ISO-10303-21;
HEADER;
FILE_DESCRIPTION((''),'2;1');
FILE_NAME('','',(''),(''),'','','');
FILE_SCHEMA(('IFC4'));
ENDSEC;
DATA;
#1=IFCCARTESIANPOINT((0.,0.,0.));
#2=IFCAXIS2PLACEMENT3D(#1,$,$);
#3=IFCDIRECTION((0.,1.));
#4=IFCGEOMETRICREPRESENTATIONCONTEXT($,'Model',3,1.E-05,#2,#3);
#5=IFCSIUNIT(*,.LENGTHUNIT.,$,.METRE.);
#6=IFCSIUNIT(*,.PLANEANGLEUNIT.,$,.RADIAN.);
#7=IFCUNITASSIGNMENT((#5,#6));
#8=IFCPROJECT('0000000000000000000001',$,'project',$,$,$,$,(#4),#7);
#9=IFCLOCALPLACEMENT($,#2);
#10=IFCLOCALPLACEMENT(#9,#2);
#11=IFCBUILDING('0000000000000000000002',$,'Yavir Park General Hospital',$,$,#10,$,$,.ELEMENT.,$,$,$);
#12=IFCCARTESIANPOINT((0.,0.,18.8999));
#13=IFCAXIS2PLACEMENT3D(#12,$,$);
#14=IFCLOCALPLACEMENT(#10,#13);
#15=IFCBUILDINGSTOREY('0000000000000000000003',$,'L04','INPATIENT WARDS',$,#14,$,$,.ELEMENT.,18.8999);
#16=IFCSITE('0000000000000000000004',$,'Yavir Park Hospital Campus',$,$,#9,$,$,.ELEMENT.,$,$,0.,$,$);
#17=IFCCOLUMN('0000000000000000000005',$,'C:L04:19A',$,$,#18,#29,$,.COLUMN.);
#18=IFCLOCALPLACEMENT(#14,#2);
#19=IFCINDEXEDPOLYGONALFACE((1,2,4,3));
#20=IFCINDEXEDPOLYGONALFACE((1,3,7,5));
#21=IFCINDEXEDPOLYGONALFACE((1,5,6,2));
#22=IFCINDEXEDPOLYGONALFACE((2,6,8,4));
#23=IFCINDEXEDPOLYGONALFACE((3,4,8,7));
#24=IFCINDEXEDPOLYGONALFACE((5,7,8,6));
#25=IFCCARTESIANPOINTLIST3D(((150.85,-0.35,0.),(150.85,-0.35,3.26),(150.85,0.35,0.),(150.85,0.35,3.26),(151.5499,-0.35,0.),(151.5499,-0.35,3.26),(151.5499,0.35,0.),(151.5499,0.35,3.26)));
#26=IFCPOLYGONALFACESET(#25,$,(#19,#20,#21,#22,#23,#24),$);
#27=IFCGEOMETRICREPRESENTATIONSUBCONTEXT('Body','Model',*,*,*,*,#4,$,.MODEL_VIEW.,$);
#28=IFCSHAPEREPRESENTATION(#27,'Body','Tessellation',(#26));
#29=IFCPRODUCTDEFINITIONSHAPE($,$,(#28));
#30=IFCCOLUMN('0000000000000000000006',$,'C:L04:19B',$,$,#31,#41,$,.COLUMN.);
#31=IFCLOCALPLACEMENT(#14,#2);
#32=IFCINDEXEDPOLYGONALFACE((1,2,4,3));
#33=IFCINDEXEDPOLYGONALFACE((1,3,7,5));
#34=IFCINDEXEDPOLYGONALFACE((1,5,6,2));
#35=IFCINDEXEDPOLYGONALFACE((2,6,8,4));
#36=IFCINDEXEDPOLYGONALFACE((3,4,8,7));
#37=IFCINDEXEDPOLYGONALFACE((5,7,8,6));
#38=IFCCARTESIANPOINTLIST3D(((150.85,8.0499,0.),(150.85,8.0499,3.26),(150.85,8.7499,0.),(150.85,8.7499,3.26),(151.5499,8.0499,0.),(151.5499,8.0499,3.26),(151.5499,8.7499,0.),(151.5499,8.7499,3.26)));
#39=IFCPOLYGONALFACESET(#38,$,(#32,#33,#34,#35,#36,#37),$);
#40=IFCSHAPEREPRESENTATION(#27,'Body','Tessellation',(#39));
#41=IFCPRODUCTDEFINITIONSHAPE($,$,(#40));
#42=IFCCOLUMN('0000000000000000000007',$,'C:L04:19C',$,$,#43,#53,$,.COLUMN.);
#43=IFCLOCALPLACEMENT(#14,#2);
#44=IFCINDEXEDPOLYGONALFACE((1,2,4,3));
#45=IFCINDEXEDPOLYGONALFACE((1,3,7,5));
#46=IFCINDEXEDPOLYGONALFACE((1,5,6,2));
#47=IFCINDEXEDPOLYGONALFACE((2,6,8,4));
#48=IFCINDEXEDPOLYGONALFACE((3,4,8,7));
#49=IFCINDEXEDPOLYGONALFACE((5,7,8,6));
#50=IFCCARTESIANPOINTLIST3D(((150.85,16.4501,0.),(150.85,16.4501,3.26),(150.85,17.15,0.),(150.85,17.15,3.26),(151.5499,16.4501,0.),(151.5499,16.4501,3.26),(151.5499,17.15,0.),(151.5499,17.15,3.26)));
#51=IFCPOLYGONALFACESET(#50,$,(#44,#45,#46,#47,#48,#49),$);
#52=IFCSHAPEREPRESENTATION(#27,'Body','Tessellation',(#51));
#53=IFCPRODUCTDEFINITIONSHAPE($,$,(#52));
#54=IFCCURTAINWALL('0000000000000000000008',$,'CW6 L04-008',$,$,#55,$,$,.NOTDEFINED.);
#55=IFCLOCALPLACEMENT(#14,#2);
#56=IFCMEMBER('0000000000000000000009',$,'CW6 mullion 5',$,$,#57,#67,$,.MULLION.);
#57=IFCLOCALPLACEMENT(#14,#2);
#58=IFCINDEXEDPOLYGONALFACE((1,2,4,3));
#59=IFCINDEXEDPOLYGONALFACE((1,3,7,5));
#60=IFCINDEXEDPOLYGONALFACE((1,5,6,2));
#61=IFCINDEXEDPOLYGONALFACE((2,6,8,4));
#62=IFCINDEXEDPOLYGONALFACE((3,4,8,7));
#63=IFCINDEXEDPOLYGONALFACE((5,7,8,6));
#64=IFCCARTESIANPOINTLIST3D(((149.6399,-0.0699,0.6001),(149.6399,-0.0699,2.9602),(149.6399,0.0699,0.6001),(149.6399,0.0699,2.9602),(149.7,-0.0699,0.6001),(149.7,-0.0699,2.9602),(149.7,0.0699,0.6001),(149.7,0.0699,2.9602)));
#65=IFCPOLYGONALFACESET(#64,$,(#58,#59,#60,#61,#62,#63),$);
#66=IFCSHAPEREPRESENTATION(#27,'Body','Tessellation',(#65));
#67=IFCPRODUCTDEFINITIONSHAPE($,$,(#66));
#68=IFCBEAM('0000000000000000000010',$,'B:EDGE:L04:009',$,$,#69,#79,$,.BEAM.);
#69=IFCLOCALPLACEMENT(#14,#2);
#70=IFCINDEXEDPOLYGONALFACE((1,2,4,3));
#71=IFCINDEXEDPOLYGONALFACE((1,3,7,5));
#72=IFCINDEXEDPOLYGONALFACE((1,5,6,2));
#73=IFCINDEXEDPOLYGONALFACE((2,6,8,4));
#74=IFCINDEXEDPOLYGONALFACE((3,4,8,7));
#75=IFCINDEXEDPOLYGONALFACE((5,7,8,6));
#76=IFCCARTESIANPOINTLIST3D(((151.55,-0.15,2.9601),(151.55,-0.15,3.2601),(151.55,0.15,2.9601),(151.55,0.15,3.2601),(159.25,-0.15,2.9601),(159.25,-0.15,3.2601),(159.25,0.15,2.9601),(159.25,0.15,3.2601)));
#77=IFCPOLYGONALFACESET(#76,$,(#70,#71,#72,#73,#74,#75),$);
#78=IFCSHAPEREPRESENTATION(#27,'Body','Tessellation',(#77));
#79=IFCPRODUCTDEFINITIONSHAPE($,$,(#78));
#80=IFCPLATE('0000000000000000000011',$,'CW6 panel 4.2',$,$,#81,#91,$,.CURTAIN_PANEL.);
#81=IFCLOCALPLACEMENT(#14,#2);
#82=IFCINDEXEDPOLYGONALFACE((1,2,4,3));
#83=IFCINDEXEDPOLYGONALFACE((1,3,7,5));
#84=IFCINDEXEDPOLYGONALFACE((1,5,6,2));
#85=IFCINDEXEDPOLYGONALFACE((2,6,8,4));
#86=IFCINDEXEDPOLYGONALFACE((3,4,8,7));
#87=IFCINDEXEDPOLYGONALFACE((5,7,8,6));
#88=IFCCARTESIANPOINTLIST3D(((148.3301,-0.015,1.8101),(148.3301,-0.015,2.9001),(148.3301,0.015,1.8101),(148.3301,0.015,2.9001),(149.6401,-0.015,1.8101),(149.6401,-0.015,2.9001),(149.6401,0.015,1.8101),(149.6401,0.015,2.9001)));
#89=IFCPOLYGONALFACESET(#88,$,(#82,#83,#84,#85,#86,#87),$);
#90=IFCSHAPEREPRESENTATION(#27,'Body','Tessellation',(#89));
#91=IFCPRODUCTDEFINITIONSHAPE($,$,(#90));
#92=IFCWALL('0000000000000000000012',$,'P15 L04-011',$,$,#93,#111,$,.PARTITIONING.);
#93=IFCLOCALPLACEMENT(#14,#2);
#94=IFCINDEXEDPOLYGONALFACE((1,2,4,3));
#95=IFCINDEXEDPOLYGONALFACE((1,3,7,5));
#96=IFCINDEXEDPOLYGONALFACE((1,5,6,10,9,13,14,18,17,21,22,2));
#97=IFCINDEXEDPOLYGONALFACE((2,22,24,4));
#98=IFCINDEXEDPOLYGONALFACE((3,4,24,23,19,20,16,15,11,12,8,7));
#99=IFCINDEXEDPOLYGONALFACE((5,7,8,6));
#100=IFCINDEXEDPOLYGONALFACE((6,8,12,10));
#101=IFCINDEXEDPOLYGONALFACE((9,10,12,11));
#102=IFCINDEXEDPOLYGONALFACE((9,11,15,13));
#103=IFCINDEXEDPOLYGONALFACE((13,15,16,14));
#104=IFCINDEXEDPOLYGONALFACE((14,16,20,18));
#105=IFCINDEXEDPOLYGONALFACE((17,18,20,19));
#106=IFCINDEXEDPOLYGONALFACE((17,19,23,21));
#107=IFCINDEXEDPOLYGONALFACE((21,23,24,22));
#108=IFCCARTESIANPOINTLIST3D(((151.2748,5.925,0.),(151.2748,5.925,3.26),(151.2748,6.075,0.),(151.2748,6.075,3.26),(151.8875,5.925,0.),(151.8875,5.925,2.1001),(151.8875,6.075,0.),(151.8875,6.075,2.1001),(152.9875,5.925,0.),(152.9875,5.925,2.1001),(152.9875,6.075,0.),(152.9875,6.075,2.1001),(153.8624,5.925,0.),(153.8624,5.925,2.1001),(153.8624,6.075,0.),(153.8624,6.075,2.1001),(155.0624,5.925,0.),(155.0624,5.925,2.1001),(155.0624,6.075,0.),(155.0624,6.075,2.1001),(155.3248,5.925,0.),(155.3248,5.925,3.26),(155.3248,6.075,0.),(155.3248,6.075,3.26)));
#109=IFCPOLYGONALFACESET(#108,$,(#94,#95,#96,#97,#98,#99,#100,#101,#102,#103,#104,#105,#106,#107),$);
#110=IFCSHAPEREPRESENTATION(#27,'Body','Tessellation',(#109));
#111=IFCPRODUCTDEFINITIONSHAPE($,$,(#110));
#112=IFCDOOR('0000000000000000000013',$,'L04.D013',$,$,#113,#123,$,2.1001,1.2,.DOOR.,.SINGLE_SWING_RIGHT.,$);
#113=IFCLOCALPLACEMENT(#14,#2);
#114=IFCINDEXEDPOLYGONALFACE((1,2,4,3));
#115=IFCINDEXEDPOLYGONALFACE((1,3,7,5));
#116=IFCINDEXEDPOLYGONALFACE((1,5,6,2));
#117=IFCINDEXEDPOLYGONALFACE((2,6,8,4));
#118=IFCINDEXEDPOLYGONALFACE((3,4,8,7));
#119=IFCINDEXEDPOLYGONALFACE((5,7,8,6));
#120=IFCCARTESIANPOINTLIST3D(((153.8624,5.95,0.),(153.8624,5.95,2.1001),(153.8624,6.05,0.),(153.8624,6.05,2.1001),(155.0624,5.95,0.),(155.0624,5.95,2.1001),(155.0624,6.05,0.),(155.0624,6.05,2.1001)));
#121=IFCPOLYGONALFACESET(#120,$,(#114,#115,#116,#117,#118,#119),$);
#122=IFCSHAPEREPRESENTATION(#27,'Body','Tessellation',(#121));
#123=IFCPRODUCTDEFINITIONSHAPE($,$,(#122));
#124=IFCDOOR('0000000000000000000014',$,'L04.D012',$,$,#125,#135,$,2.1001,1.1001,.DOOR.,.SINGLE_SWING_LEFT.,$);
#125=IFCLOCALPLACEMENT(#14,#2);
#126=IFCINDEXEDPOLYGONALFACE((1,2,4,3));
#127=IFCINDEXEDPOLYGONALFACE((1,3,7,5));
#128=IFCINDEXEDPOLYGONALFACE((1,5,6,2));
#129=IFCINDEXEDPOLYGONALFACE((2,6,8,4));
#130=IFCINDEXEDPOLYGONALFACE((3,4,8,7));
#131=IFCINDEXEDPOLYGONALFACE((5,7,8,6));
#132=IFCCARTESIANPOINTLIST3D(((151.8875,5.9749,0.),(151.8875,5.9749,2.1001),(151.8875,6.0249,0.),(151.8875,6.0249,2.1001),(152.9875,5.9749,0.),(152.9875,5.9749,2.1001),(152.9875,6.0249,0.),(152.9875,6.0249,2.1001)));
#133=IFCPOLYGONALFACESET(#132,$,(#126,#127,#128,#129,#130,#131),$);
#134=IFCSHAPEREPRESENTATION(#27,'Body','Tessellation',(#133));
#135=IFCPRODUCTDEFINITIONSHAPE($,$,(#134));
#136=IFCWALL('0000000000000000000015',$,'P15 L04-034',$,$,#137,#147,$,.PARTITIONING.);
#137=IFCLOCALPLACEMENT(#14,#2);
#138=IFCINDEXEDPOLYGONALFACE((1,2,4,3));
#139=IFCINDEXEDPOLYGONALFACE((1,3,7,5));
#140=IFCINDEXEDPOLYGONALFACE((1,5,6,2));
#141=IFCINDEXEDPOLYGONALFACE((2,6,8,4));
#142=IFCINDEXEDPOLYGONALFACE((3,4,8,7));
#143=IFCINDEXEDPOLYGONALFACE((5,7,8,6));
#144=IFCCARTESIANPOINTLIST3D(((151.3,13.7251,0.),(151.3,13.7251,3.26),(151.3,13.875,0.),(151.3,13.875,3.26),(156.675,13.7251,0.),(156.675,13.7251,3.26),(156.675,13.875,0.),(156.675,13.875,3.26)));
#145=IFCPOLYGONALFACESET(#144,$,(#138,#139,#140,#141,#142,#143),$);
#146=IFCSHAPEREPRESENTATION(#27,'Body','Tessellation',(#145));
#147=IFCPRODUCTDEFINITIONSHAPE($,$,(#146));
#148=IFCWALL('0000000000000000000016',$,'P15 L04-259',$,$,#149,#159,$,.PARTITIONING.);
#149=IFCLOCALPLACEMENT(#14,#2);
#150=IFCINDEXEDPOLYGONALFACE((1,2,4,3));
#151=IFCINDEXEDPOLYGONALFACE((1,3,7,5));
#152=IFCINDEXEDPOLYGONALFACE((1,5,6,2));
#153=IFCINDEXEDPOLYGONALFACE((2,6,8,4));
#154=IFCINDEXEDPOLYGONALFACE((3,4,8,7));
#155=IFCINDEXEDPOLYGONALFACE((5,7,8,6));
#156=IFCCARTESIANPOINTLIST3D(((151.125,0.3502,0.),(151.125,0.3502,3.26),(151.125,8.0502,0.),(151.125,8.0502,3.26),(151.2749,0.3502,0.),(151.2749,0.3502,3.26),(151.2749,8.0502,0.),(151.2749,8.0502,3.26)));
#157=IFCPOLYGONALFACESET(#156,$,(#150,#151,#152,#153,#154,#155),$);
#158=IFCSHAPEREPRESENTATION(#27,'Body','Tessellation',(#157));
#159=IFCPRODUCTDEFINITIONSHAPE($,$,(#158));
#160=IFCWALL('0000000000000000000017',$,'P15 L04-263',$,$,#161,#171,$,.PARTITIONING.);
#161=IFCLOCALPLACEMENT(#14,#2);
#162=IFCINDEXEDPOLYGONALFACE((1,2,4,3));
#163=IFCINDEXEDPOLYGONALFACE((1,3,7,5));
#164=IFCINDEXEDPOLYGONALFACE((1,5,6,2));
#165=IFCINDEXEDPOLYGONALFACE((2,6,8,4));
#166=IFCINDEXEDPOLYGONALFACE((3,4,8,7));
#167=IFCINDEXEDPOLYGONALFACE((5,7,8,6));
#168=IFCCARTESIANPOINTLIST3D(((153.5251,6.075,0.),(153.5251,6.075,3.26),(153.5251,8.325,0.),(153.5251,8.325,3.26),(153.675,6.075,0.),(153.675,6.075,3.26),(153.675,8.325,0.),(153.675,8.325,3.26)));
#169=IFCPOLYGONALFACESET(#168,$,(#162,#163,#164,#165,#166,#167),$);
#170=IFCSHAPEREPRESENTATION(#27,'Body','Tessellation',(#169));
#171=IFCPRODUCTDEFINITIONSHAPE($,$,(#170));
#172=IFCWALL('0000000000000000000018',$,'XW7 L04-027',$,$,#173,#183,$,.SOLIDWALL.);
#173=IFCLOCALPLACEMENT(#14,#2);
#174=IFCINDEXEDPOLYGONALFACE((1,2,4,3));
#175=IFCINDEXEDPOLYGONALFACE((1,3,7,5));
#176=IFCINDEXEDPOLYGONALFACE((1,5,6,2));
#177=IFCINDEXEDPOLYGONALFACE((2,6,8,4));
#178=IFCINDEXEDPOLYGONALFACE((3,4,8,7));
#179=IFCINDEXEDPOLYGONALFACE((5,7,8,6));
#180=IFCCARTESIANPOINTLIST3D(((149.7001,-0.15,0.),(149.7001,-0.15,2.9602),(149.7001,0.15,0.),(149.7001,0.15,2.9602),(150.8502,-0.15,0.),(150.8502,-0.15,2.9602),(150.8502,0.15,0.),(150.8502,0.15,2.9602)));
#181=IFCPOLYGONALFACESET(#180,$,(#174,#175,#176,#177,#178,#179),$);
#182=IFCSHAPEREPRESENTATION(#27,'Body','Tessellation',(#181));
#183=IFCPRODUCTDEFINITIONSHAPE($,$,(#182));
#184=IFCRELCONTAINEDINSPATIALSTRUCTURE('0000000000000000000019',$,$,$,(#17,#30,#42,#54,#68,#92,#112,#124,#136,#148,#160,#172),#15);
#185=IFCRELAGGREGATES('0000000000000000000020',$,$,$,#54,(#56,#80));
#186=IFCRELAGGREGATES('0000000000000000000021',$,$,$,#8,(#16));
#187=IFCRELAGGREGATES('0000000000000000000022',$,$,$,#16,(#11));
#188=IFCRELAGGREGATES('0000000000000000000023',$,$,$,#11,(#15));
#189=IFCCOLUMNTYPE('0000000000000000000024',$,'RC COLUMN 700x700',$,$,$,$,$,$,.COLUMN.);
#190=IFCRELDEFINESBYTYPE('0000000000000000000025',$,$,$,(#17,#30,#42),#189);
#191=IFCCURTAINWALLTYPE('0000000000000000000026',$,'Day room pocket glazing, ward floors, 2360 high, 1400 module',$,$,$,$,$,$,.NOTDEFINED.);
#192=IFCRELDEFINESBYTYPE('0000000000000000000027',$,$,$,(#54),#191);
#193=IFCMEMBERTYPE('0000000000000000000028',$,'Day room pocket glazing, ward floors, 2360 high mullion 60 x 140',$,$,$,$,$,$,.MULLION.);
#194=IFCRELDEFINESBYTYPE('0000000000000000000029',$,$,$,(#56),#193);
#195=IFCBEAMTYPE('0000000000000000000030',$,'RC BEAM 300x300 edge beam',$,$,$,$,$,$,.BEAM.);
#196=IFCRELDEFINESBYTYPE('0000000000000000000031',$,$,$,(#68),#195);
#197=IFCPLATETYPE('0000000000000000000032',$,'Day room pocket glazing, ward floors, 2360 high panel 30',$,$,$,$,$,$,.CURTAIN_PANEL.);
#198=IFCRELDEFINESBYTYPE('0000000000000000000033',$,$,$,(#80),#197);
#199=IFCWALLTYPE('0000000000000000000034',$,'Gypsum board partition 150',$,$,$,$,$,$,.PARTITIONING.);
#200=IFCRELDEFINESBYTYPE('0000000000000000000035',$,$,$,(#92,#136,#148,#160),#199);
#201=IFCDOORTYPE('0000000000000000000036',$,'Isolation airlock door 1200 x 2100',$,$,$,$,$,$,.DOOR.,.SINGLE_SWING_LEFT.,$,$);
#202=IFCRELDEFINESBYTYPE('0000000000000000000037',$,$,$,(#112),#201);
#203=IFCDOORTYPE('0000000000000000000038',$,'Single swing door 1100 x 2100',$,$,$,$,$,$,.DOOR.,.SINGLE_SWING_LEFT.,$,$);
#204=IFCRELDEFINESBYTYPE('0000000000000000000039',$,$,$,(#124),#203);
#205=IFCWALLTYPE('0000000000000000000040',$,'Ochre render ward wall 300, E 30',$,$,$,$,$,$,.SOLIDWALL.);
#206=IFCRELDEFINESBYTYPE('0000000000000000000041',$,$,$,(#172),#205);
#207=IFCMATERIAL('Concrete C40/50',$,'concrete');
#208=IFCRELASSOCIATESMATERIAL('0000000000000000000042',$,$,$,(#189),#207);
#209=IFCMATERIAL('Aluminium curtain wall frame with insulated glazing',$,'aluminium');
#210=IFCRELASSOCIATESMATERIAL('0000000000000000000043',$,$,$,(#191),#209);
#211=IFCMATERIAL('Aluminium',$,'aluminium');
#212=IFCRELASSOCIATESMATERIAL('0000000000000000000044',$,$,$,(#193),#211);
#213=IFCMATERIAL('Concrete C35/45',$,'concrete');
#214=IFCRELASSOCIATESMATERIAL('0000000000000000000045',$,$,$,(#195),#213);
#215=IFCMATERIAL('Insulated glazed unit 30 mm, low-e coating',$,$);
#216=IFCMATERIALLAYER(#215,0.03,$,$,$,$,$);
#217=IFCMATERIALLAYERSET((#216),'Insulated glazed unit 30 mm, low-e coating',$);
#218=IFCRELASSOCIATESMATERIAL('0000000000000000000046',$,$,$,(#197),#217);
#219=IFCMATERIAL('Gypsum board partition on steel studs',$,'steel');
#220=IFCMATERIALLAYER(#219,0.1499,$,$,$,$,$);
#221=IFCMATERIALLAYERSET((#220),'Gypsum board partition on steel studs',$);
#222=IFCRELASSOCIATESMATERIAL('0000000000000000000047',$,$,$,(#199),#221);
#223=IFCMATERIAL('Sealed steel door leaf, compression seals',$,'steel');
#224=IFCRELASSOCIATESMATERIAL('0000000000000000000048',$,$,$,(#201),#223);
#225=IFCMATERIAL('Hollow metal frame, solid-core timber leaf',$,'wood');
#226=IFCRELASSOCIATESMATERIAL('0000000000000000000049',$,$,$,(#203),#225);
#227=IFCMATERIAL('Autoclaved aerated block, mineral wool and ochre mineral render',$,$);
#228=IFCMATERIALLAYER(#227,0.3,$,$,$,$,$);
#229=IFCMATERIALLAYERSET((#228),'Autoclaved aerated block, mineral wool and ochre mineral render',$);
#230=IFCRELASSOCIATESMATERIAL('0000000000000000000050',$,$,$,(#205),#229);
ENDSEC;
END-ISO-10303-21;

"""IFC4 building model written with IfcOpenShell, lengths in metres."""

from ifc_helpers import new_model, si_unit, direction, frame, frame_2d, origin, origin_2d, place, context, subcontext, project, spatial, rectangle, extrude, material, layer, layer_set, material_profile, profile_set, type_object, element, fill, aggregate, save


model = new_model("IFC4")

# Units and contexts
model_context = context("Model", 3, precision=1e-05, world=origin(), true_north=direction((0.0, 1.0)))
body_context = subcontext(model_context, "Body", "Model", "MODEL_VIEW")
ifc_project = project(units=[si_unit("LENGTHUNIT", "METRE"), si_unit("PLANEANGLEUNIT", "RADIAN")], contexts=[model_context])

# Site, building, storey
site_placement = place(None, origin())
site = spatial("IfcSite", under=ifc_project, at=site_placement, Name="Yavir Park Hospital Campus", CompositionType="ELEMENT", RefElevation=0.0)
building_placement = place(site_placement, origin())
building = spatial("IfcBuilding", under=site, at=building_placement, Name="Yavir Park General Hospital", CompositionType="ELEMENT")
storey_placement = place(building_placement, frame((0.0, 0.0, 18.8999)))
storey = spatial("IfcBuildingStorey", under=building, at=storey_placement, Name="L04", Description="INPATIENT WARDS", CompositionType="ELEMENT", Elevation=18.8999)

# Columns
ifc_material_1 = material(Name="Concrete C40/50", Category="concrete")
ifc_material_profile_1 = material_profile(ifc_material_1, rectangle(XDim=0.7, YDim=0.7, at=origin_2d()), Name="RC700x700")
ifc_profile_set_1 = profile_set([ifc_material_profile_1], Name="Concrete C40/50")
column_type = type_object("IfcColumnType", Name="RC COLUMN 700x700", PredefinedType="COLUMN", material=ifc_profile_set_1)
for number, where, z_axis, x_axis, name in (
    (1, (151.2, 0.0, 0.0), (0.0, 0.0, 1.0), (1.0, 0.0, 0.0), "C:L04:19A"),
    (2, (151.2, 8.3999, 0.0), (0.0, 0.0, 1.0), (1.0, 0.0, 0.0), "C:L04:19B"),
    (3, (151.2, 16.8, 0.0), (0.0, 0.0, 1.0), (1.0, 0.0, 0.0), "C:L04:19C"),
):
    element("IfcColumn", number, at=place(storey_placement, frame(where, z_axis=z_axis, x_axis=x_axis)), inside=storey, type_object=column_type, Name=name, PredefinedType="COLUMN", context=body_context, shape_type="SweptSolid", body=[
        extrude(rectangle(XDim=0.7, YDim=0.7, at=origin_2d()), origin(), (0.0, 0.0, 1.0), 3.26),
    ])

# Curtain wall, member
ifc_material_2 = material(Name="Aluminium curtain wall frame with insulated glazing", Category="aluminium")
curtain_wall_type = type_object("IfcCurtainWallType", Name="Day room pocket glazing, ward floors, 2360 high, 1400 module", PredefinedType="NOTDEFINED", material=ifc_material_2)
curtain_wall_placement = place(storey_placement, origin())
curtain_wall = element("IfcCurtainWall", 4, at=curtain_wall_placement, inside=storey, type_object=curtain_wall_type, Name="CW6 L04-008", PredefinedType="NOTDEFINED")
ifc_material_3 = material(Name="Aluminium", Category="aluminium")
ifc_material_profile_2 = material_profile(ifc_material_3, rectangle(XDim=0.1399, YDim=0.0601, at=origin_2d()), Name="AL 60x140")
ifc_profile_set_2 = profile_set([ifc_material_profile_2], Name="Aluminium")
member_type = type_object("IfcMemberType", Name="Day room pocket glazing, ward floors, 2360 high mullion 60 x 140", PredefinedType="MULLION", material=ifc_profile_set_2)
member_placement = place(storey_placement, frame((149.6699, 0.0, 0.6001), z_axis=(0.0, 0.0, 1.0), x_axis=(0.0, 1.0, 0.0)))
member = element("IfcMember", 5, at=member_placement, type_object=member_type, Name="CW6 mullion 5", PredefinedType="MULLION", context=body_context, shape_type="SweptSolid", body=[
    extrude(rectangle(XDim=0.1399, YDim=0.0601, at=origin_2d()), origin(), (0.0, 0.0, 1.0), 2.3601),
])

# Beam
ifc_material_4 = material(Name="Concrete C35/45", Category="concrete")
ifc_material_profile_3 = material_profile(ifc_material_4, rectangle(XDim=0.3, YDim=0.3, at=origin_2d()), Name="RC300x300")
ifc_profile_set_3 = profile_set([ifc_material_profile_3], Name="Concrete C35/45")
beam_type = type_object("IfcBeamType", Name="RC BEAM 300x300 edge beam", PredefinedType="BEAM", material=ifc_profile_set_3)
beam_placement = place(storey_placement, frame((151.55, 0.0, 3.1101), z_axis=(1.0, 0.0, 0.0), x_axis=(0.0, 1.0, 0.0)))
element("IfcBeam", 6, at=beam_placement, inside=storey, type_object=beam_type, Name="B:EDGE:L04:009", PredefinedType="BEAM", context=body_context, shape_type="SweptSolid", body=[
    extrude(rectangle(XDim=0.3, YDim=0.3, at=origin_2d()), origin(), (0.0, 0.0, 1.0), 7.7),
])

# Plate
ifc_material_5 = material(Name="Insulated glazed unit 30 mm, low-e coating")
ifc_layer_1 = layer(ifc_material_5, 0.03)
ifc_layer_set_1 = layer_set([ifc_layer_1], Name="Insulated glazed unit 30 mm, low-e coating")
plate_type = type_object("IfcPlateType", Name="Day room pocket glazing, ward floors, 2360 high panel 30", PredefinedType="CURTAIN_PANEL", material=ifc_layer_set_1)
plate_placement = place(storey_placement, frame((148.9851, 0.0, 1.8101), z_axis=(0.0, 0.0, 1.0), x_axis=(1.0, 0.0, 0.0)))
plate = element("IfcPlate", 7, at=plate_placement, type_object=plate_type, Name="CW6 panel 4.2", PredefinedType="CURTAIN_PANEL", context=body_context, shape_type="SweptSolid", body=[
    extrude(rectangle(XDim=1.3101, YDim=0.03, at=origin_2d()), origin(), (0.0, 0.0, 1.0), 1.0901),
])
aggregate(curtain_wall, [member, plate])

# Wall, openings, doors
ifc_material_6 = material(Name="Gypsum board partition on steel studs", Category="steel")
ifc_layer_2 = layer(ifc_material_6, 0.1499)
ifc_layer_set_2 = layer_set([ifc_layer_2], Name="Gypsum board partition on steel studs")
wall_type_1 = type_object("IfcWallType", Name="Gypsum board partition 150", PredefinedType="PARTITIONING", material=ifc_layer_set_2)
wall_1_placement = place(storey_placement, frame((151.2749, 6.0, 0.0), z_axis=(0.0, 0.0, 1.0), x_axis=(1.0, 0.0, 0.0)))
wall_1 = element("IfcWall", 8, at=wall_1_placement, inside=storey, type_object=wall_type_1, Name="P15 L04-011", PredefinedType="PARTITIONING", context=body_context, shape_type="SweptSolid", body=[
    extrude(rectangle(XDim=4.05, YDim=0.1499, at=frame_2d((2.0249, 0.0))), origin(), (0.0, 0.0, 1.0), 3.26),
])
opening_1_placement = place(wall_1_placement, frame((0.6125, 0.0, 0.0)))
opening_1 = element("IfcOpeningElement", 9, at=opening_1_placement, cuts=wall_1, PredefinedType="OPENING", context=body_context, shape_type="SweptSolid", body=[
    extrude(rectangle(XDim=1.1001, YDim=2.1001, at=frame_2d((0.55, 1.05))), frame((0.0, 0.085, 0.0), z_axis=(0.0, -1.0, 0.0), x_axis=(1.0, 0.0, 0.0)), (0.0, 0.0, 1.0), 0.1699),
])
opening_2_placement = place(wall_1_placement, frame((2.5874, 0.0, 0.0)))
opening_2 = element("IfcOpeningElement", 10, at=opening_2_placement, cuts=wall_1, PredefinedType="OPENING", context=body_context, shape_type="SweptSolid", body=[
    extrude(rectangle(XDim=1.2, YDim=2.1001, at=frame_2d((0.6001, 1.05))), frame((0.0, 0.085, 0.0), z_axis=(0.0, -1.0, 0.0), x_axis=(1.0, 0.0, 0.0)), (0.0, 0.0, 1.0), 0.1699),
])
ifc_material_7 = material(Name="Sealed steel door leaf, compression seals", Category="steel")
door_type_1 = type_object("IfcDoorType", Name="Isolation airlock door 1200 x 2100", OperationType="SINGLE_SWING_LEFT", PredefinedType="DOOR", material=ifc_material_7)
door_1_placement = place(opening_2_placement, origin())
door_1 = element("IfcDoor", 11, at=door_1_placement, inside=storey, type_object=door_type_1, Name="L04.D013", OperationType="SINGLE_SWING_RIGHT", OverallHeight=2.1001, OverallWidth=1.2, PredefinedType="DOOR", context=body_context, shape_type="SweptSolid", body=[
    extrude(rectangle(XDim=1.2, YDim=2.1001, at=frame_2d((0.6001, 1.05))), frame((0.0, 0.05, 0.0), z_axis=(0.0, -1.0, 0.0), x_axis=(1.0, 0.0, 0.0)), (0.0, 0.0, 1.0), 0.1001),
])
fill(opening_2, door_1)
ifc_material_8 = material(Name="Hollow metal frame, solid-core timber leaf", Category="wood")
door_type_2 = type_object("IfcDoorType", Name="Single swing door 1100 x 2100", OperationType="SINGLE_SWING_LEFT", PredefinedType="DOOR", material=ifc_material_8)
door_2_placement = place(opening_1_placement, origin())
door_2 = element("IfcDoor", 12, at=door_2_placement, inside=storey, type_object=door_type_2, Name="L04.D012", OperationType="SINGLE_SWING_LEFT", OverallHeight=2.1001, OverallWidth=1.1001, PredefinedType="DOOR", context=body_context, shape_type="SweptSolid", body=[
    extrude(rectangle(XDim=1.1001, YDim=2.1001, at=frame_2d((0.55, 1.05))), frame((0.0, 0.0249, 0.0), z_axis=(0.0, -1.0, 0.0), x_axis=(1.0, 0.0, 0.0)), (0.0, 0.0, 1.0), 0.05),
])
fill(opening_1, door_2)

# Wall
wall_2_placement = place(storey_placement, frame((151.3, 13.8, 0.0), z_axis=(0.0, 0.0, 1.0), x_axis=(1.0, 0.0, 0.0)))
element("IfcWall", 13, at=wall_2_placement, inside=storey, type_object=wall_type_1, Name="P15 L04-034", PredefinedType="PARTITIONING", context=body_context, shape_type="SweptSolid", body=[
    extrude(rectangle(XDim=5.375, YDim=0.1499, at=frame_2d((2.6875, 0.0))), origin(), (0.0, 0.0, 1.0), 3.26),
])

# Walls
wall_3_placement = place(storey_placement, frame((151.2, 0.3501, 0.0), z_axis=(0.0, 0.0, 1.0), x_axis=(0.0, 1.0, 0.0)))
element("IfcWall", 14, at=wall_3_placement, inside=storey, type_object=wall_type_1, Name="P15 L04-259", PredefinedType="PARTITIONING", context=body_context, shape_type="SweptSolid", body=[
    extrude(rectangle(XDim=7.7, YDim=0.1499, at=frame_2d((3.8501, 0.0))), origin(), (0.0, 0.0, 1.0), 3.26),
])
wall_4_placement = place(storey_placement, frame((153.6001, 6.075, 0.0), z_axis=(0.0, 0.0, 1.0), x_axis=(0.0, 1.0, 0.0)))
element("IfcWall", 15, at=wall_4_placement, inside=storey, type_object=wall_type_1, Name="P15 L04-263", PredefinedType="PARTITIONING", context=body_context, shape_type="SweptSolid", body=[
    extrude(rectangle(XDim=2.25, YDim=0.1499, at=frame_2d((1.125, 0.0))), origin(), (0.0, 0.0, 1.0), 3.26),
])
ifc_material_9 = material(Name="Autoclaved aerated block, mineral wool and ochre mineral render")
ifc_layer_3 = layer(ifc_material_9, 0.3)
ifc_layer_set_3 = layer_set([ifc_layer_3], Name="Autoclaved aerated block, mineral wool and ochre mineral render")
wall_type_2 = type_object("IfcWallType", Name="Ochre render ward wall 300, E 30", PredefinedType="SOLIDWALL", material=ifc_layer_set_3)
wall_5_placement = place(storey_placement, frame((149.7, 0.0, 0.0), z_axis=(0.0, 0.0, 1.0), x_axis=(1.0, 0.0, 0.0)))
element("IfcWall", 16, at=wall_5_placement, inside=storey, type_object=wall_type_2, Name="XW7 L04-027", PredefinedType="SOLIDWALL", context=body_context, shape_type="SweptSolid", body=[
    extrude(rectangle(XDim=1.1501, YDim=0.3, at=frame_2d((0.5752, 0.0))), origin(), (0.0, 0.0, 1.0), 2.9602),
])

save(model, "model.ifc")
